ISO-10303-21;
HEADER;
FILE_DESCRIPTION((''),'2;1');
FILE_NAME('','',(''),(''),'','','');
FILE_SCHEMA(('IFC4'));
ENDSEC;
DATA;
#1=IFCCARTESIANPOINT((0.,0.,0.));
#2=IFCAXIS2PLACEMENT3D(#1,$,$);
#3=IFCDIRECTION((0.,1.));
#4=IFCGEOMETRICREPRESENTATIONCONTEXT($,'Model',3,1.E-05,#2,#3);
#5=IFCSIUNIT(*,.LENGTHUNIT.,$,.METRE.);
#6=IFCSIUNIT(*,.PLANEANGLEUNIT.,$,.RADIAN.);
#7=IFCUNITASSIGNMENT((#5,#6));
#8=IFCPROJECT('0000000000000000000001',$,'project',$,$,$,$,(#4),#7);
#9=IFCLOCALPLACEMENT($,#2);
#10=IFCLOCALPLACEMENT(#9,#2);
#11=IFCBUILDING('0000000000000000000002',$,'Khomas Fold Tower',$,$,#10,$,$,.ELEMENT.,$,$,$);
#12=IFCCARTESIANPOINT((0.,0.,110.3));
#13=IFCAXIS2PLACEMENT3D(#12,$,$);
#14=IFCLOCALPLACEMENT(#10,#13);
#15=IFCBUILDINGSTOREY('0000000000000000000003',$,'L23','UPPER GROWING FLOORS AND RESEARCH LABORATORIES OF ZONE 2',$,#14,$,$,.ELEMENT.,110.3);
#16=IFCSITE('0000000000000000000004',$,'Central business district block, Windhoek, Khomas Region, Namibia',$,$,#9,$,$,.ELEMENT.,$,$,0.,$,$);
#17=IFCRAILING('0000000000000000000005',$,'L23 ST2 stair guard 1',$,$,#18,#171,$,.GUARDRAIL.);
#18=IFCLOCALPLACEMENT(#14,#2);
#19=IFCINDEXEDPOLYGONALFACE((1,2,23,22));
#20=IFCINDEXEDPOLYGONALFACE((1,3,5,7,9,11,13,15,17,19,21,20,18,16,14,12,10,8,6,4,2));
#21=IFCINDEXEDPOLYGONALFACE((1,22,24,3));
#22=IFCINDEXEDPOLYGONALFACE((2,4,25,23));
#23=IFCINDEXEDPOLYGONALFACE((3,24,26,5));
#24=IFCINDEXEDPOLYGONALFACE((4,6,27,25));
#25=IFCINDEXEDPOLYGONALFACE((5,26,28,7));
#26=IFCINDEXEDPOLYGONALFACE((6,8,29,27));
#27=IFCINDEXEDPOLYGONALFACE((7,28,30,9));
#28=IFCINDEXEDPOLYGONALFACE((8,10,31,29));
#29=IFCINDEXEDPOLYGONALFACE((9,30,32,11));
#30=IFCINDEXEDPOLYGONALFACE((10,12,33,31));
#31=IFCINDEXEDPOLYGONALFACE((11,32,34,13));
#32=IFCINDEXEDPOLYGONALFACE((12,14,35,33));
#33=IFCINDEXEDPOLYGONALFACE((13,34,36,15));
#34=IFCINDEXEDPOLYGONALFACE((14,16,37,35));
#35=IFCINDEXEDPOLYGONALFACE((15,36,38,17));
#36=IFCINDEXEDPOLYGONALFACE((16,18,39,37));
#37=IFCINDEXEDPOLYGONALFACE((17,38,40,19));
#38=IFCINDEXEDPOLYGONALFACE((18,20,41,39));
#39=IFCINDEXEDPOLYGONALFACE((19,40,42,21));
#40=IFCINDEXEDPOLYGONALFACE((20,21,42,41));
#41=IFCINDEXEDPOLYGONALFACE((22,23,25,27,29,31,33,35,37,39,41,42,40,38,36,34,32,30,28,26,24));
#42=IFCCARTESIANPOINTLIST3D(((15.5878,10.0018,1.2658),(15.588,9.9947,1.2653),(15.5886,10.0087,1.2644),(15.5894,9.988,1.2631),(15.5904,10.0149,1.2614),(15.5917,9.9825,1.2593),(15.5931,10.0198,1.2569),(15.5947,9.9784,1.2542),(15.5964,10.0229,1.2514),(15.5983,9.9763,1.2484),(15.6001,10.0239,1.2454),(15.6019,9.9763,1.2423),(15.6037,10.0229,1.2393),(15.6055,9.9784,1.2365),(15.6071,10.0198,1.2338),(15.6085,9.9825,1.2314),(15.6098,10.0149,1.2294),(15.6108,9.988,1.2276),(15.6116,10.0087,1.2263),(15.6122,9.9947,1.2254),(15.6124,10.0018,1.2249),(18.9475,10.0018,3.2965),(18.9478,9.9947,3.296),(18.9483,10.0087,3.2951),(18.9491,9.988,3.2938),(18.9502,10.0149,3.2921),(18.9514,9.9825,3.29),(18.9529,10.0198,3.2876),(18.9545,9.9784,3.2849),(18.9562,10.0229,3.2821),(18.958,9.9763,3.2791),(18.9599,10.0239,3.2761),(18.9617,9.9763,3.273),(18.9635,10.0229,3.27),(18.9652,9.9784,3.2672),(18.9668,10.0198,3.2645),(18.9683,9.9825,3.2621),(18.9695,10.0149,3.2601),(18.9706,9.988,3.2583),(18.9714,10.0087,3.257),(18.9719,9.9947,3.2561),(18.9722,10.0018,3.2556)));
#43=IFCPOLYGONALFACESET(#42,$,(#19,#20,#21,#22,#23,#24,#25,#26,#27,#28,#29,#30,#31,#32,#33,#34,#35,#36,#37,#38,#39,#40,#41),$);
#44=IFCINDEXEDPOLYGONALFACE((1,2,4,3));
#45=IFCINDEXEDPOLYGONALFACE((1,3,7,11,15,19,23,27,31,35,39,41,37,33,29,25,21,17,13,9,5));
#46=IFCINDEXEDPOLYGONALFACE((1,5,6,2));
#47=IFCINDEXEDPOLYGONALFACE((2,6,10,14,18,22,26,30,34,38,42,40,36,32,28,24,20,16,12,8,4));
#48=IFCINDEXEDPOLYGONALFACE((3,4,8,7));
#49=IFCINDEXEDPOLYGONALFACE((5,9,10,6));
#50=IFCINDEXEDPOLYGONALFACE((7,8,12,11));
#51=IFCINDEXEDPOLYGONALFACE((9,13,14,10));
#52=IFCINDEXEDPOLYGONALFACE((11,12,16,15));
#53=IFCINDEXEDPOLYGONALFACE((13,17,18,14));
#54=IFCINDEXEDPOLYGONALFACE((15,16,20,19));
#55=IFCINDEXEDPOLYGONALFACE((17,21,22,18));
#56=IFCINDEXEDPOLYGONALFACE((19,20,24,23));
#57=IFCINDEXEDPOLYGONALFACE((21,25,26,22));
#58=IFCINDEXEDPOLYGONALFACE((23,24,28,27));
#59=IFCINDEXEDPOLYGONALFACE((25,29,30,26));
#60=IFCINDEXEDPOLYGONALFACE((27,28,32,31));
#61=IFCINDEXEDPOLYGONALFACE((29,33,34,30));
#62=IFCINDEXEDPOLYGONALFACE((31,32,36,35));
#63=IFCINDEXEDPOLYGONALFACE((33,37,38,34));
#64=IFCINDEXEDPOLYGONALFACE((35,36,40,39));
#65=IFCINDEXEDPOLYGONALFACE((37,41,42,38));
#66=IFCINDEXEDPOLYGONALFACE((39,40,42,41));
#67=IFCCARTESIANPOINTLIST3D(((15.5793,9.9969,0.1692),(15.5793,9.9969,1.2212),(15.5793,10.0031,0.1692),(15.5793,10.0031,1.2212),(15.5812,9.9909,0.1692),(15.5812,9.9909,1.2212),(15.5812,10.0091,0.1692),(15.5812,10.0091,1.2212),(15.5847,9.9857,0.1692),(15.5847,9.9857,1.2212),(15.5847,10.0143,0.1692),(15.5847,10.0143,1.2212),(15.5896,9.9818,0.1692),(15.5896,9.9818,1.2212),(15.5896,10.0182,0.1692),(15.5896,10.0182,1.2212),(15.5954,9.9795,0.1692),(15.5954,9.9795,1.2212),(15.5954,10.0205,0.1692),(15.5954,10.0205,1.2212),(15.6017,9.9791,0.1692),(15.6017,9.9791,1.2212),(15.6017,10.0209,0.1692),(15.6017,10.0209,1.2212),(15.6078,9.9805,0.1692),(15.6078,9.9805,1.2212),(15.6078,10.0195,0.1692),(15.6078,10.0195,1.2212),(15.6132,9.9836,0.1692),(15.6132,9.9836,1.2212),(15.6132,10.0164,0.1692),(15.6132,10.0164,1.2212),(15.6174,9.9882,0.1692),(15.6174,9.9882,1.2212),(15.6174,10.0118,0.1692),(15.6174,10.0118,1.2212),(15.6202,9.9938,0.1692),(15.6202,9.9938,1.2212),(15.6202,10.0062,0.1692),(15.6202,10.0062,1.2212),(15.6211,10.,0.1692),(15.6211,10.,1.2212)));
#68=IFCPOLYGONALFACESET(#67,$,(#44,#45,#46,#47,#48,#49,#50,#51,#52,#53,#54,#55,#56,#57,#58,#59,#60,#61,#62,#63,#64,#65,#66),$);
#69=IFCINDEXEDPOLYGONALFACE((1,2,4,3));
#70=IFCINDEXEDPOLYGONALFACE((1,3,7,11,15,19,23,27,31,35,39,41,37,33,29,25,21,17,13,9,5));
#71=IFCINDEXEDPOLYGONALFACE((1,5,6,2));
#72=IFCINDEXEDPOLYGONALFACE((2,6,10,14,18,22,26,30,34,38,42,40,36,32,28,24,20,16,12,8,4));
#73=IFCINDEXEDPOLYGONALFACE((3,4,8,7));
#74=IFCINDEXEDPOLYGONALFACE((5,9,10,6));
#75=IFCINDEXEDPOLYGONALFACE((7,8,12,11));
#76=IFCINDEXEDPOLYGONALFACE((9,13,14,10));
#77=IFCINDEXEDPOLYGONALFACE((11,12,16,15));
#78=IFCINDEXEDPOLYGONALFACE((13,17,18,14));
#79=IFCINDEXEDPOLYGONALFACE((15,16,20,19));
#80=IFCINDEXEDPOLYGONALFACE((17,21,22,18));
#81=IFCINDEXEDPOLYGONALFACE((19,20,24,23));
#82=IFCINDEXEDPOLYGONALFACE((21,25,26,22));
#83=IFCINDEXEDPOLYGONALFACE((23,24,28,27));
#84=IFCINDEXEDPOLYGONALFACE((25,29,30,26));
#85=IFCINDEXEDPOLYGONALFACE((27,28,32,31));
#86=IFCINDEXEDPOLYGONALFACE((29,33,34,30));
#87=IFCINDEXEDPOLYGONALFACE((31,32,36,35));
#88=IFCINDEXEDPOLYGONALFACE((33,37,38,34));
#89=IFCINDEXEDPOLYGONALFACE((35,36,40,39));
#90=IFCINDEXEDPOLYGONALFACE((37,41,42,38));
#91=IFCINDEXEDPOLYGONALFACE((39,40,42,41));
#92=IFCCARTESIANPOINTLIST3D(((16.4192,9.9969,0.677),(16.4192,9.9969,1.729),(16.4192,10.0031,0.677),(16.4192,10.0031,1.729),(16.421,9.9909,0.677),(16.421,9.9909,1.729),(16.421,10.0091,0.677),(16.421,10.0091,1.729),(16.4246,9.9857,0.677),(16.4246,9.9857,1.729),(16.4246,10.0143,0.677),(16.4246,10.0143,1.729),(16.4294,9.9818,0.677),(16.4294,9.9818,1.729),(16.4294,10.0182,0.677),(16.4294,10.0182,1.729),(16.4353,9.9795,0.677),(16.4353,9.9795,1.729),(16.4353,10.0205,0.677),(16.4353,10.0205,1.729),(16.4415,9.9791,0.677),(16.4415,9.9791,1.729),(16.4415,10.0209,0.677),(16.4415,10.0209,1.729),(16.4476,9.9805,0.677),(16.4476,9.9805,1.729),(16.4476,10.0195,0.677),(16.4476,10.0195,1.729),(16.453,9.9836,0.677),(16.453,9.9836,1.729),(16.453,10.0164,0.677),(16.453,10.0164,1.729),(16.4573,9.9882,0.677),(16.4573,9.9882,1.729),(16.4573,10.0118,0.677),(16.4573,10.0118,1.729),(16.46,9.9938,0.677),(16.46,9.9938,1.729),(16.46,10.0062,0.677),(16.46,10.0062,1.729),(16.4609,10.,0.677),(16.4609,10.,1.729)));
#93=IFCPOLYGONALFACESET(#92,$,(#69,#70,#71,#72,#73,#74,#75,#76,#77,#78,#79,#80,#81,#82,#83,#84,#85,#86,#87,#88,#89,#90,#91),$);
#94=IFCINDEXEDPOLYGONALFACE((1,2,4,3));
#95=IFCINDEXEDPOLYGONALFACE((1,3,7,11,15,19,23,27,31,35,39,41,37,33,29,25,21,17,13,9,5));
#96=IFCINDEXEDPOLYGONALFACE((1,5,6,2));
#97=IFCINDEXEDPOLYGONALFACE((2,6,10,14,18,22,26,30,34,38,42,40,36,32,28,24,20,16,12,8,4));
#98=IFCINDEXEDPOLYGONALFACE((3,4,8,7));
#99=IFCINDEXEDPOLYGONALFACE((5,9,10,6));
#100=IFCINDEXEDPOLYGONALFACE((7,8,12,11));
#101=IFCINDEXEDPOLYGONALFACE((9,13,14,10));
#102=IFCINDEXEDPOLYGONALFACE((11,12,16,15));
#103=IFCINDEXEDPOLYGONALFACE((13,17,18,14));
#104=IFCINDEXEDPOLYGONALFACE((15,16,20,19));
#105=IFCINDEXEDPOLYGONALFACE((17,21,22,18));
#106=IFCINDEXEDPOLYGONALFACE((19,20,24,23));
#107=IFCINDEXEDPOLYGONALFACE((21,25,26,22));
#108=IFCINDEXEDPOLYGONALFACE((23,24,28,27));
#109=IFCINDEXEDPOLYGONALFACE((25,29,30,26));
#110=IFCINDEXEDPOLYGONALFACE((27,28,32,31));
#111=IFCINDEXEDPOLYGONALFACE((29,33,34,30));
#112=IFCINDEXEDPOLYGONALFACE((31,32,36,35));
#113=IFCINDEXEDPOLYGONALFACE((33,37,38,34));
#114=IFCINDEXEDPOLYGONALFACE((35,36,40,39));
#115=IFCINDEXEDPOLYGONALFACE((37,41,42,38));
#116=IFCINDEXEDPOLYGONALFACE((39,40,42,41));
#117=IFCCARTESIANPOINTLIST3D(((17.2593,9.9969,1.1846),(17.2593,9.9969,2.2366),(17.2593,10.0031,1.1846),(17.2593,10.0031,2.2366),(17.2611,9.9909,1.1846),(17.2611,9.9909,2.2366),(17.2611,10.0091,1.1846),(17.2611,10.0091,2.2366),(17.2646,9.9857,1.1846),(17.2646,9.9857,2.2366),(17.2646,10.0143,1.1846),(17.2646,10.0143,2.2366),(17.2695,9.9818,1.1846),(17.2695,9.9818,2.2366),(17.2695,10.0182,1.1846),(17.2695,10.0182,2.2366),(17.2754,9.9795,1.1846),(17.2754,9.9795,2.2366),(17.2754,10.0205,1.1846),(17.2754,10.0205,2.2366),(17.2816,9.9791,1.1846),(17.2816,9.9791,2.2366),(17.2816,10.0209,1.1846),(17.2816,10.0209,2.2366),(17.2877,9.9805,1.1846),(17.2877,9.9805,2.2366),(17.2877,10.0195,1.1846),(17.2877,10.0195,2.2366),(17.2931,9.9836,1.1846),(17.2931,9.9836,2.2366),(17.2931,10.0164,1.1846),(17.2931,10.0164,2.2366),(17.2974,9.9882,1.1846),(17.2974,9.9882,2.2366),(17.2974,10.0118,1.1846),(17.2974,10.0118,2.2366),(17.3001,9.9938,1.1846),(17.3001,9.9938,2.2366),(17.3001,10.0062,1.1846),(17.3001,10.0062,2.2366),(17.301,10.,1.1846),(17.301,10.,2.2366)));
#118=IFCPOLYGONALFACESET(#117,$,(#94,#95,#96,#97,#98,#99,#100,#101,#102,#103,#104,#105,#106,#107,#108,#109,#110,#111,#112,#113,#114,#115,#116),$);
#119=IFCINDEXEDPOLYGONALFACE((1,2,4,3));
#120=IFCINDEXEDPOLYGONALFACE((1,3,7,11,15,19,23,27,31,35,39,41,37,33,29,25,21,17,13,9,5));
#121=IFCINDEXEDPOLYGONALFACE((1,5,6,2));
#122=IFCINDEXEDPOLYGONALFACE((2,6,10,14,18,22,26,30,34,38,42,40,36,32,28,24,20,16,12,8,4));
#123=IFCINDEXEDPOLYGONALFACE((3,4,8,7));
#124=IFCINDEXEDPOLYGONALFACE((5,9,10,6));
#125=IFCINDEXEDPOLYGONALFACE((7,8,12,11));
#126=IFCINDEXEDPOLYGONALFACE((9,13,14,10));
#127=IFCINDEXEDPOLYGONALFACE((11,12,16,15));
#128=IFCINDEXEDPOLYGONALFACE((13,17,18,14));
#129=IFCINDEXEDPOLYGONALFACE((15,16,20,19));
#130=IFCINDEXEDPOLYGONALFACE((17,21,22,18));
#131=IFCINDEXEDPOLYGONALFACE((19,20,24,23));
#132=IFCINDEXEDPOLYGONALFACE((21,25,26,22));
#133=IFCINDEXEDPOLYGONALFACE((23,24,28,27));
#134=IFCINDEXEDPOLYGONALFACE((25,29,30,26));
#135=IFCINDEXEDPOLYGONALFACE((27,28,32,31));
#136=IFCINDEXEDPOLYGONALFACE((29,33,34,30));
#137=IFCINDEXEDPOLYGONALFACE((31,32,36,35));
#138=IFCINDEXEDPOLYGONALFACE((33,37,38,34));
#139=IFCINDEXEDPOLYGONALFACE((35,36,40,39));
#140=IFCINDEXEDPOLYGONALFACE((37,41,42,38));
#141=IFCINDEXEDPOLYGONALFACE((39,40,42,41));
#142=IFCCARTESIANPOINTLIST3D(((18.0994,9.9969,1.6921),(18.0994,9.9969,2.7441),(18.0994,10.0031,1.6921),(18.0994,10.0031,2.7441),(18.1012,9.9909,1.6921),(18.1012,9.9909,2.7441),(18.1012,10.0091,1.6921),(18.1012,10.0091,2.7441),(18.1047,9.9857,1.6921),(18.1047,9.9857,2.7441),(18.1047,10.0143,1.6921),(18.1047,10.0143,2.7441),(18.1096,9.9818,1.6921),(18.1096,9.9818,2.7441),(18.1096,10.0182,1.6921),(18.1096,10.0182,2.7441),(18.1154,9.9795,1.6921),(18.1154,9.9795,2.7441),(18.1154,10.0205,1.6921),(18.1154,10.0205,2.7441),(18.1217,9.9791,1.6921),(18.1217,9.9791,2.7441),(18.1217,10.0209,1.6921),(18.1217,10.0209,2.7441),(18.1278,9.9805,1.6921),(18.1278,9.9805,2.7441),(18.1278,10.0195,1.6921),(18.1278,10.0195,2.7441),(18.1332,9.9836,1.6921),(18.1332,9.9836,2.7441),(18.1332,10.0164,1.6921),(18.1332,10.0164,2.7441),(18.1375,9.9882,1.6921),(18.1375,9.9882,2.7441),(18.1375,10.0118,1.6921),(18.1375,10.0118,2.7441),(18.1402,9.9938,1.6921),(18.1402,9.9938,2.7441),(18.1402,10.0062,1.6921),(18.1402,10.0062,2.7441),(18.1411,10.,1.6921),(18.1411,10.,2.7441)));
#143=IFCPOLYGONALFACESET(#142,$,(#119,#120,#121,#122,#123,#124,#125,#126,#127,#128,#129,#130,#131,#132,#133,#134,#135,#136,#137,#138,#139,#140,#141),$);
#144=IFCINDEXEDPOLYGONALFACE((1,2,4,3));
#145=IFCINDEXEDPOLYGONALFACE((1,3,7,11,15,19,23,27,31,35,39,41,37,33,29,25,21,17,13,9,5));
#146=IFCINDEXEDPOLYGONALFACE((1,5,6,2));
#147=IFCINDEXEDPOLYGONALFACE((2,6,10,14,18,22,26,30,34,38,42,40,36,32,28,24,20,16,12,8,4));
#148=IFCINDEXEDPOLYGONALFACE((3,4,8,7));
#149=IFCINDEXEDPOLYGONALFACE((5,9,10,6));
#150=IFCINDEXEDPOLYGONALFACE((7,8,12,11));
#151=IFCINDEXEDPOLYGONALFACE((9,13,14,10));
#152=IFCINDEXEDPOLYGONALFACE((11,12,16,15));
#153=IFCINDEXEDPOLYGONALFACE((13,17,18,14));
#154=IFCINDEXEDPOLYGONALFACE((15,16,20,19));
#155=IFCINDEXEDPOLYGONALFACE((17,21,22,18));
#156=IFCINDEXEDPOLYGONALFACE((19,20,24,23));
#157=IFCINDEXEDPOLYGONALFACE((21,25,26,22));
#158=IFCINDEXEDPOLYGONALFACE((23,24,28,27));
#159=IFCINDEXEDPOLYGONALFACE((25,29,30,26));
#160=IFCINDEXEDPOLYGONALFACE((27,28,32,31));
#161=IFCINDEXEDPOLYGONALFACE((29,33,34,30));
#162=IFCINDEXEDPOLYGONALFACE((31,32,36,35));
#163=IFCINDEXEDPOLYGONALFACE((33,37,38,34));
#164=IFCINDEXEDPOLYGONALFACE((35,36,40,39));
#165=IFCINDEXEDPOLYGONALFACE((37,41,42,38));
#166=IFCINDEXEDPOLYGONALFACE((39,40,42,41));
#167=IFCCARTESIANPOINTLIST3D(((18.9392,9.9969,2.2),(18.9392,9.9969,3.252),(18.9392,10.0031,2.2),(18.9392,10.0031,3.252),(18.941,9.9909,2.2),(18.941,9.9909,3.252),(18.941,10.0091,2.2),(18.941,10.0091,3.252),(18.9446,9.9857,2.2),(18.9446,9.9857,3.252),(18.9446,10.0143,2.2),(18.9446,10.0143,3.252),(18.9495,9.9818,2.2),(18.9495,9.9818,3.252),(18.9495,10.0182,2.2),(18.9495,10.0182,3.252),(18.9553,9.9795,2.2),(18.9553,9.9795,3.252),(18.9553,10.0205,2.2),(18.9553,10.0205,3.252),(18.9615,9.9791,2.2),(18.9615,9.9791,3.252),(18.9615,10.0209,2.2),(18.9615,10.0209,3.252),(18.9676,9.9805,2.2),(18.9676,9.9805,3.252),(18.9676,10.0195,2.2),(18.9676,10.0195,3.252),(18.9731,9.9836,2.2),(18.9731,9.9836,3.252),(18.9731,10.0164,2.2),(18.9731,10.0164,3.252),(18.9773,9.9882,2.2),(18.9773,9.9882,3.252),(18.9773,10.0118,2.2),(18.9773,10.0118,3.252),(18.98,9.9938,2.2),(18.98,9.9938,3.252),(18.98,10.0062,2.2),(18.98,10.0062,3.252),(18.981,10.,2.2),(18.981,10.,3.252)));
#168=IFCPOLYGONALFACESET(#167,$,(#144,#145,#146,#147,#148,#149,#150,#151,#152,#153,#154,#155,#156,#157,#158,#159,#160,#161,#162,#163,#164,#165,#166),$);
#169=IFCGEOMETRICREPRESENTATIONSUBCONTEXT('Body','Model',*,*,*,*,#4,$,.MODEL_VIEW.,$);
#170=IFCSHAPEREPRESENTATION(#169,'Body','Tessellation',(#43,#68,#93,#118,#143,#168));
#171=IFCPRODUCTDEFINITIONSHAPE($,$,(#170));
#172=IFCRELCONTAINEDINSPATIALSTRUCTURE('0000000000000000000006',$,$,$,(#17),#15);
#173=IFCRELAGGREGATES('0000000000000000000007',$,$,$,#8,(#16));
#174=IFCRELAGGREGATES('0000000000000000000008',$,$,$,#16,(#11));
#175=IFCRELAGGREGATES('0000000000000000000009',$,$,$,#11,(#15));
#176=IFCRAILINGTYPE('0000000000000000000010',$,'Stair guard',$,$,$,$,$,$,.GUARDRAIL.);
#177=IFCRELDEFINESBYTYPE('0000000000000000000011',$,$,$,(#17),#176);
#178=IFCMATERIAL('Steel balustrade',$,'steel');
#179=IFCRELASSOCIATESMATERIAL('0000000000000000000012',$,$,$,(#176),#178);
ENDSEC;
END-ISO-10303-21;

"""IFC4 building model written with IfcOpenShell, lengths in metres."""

from ifc_helpers import new_model, si_unit, direction, frame, origin, origin_2d, place, context, subcontext, project, spatial, circle, extrude, source, transform, mapped, material, type_object, element, save


model = new_model("IFC4")

# Units and contexts
model_context = context("Model", 3, precision=1e-05, world=origin(), true_north=direction((0.0, 1.0)))
body_context = subcontext(model_context, "Body", "Model", "MODEL_VIEW")
ifc_project = project(units=[si_unit("LENGTHUNIT", "METRE"), si_unit("PLANEANGLEUNIT", "RADIAN")], contexts=[model_context])

# Site, building, storey
site_placement = place(None, origin())
site = spatial("IfcSite", under=ifc_project, at=site_placement, Name="Central business district block, Windhoek, Khomas Region, Namibia", CompositionType="ELEMENT", RefElevation=0.0)
building_placement = place(site_placement, origin())
building = spatial("IfcBuilding", under=site, at=building_placement, Name="Khomas Fold Tower", CompositionType="ELEMENT")
storey_placement = place(building_placement, frame((0.0, 0.0, 110.3)))
storey = spatial("IfcBuildingStorey", under=building, at=storey_placement, Name="L23", Description="UPPER GROWING FLOORS AND RESEARCH LABORATORIES OF ZONE 2", CompositionType="ELEMENT", Elevation=110.3)

# Railing
ifc_material_1 = material(Name="Steel balustrade", Category="steel")
railing_type_1 = type_object("IfcRailingType", Name="Stair guard", PredefinedType="GUARDRAIL", material=ifc_material_1)
shared_shape_1 = source(origin(), body_context, "Body", "SweptSolid", [
    extrude(circle(Radius=0.0239, at=origin_2d()), frame((0.0, 0.0, 1.0762), z_axis=(0.85582, 0.0, 0.517273), x_axis=(0.0, 1.0, 0.0)), (0.0, 0.0, 1.0), 3.9258),
    extrude(circle(Radius=0.021, at=origin_2d()), origin(), (0.0, 0.0, 1.0), 1.052),
    extrude(circle(Radius=0.021, at=origin_2d()), frame((0.8398, 0.0, 0.5078)), (0.0, 0.0, 1.0), 1.052),
    extrude(circle(Radius=0.021, at=origin_2d()), frame((1.6799, 0.0, 1.0154)), (0.0, 0.0, 1.0), 1.052),
    extrude(circle(Radius=0.021, at=origin_2d()), frame((2.52, 0.0, 1.5229)), (0.0, 0.0, 1.0), 1.052),
    extrude(circle(Radius=0.021, at=origin_2d()), frame((3.3599, 0.0, 2.0308)), (0.0, 0.0, 1.0), 1.052),
])
railing_1_placement = place(storey_placement, frame((15.6001, 10.0, 0.1692)))
element("IfcRailing", 1, at=railing_1_placement, inside=storey, type_object=railing_type_1, Name="L23 ST2 stair guard 1", PredefinedType="GUARDRAIL", context=body_context, shape_type="MappedRepresentation", body=[
    mapped(shared_shape_1, transform((0.0, 0.0, 0.0))),
])

save(model, "model.ifc")
